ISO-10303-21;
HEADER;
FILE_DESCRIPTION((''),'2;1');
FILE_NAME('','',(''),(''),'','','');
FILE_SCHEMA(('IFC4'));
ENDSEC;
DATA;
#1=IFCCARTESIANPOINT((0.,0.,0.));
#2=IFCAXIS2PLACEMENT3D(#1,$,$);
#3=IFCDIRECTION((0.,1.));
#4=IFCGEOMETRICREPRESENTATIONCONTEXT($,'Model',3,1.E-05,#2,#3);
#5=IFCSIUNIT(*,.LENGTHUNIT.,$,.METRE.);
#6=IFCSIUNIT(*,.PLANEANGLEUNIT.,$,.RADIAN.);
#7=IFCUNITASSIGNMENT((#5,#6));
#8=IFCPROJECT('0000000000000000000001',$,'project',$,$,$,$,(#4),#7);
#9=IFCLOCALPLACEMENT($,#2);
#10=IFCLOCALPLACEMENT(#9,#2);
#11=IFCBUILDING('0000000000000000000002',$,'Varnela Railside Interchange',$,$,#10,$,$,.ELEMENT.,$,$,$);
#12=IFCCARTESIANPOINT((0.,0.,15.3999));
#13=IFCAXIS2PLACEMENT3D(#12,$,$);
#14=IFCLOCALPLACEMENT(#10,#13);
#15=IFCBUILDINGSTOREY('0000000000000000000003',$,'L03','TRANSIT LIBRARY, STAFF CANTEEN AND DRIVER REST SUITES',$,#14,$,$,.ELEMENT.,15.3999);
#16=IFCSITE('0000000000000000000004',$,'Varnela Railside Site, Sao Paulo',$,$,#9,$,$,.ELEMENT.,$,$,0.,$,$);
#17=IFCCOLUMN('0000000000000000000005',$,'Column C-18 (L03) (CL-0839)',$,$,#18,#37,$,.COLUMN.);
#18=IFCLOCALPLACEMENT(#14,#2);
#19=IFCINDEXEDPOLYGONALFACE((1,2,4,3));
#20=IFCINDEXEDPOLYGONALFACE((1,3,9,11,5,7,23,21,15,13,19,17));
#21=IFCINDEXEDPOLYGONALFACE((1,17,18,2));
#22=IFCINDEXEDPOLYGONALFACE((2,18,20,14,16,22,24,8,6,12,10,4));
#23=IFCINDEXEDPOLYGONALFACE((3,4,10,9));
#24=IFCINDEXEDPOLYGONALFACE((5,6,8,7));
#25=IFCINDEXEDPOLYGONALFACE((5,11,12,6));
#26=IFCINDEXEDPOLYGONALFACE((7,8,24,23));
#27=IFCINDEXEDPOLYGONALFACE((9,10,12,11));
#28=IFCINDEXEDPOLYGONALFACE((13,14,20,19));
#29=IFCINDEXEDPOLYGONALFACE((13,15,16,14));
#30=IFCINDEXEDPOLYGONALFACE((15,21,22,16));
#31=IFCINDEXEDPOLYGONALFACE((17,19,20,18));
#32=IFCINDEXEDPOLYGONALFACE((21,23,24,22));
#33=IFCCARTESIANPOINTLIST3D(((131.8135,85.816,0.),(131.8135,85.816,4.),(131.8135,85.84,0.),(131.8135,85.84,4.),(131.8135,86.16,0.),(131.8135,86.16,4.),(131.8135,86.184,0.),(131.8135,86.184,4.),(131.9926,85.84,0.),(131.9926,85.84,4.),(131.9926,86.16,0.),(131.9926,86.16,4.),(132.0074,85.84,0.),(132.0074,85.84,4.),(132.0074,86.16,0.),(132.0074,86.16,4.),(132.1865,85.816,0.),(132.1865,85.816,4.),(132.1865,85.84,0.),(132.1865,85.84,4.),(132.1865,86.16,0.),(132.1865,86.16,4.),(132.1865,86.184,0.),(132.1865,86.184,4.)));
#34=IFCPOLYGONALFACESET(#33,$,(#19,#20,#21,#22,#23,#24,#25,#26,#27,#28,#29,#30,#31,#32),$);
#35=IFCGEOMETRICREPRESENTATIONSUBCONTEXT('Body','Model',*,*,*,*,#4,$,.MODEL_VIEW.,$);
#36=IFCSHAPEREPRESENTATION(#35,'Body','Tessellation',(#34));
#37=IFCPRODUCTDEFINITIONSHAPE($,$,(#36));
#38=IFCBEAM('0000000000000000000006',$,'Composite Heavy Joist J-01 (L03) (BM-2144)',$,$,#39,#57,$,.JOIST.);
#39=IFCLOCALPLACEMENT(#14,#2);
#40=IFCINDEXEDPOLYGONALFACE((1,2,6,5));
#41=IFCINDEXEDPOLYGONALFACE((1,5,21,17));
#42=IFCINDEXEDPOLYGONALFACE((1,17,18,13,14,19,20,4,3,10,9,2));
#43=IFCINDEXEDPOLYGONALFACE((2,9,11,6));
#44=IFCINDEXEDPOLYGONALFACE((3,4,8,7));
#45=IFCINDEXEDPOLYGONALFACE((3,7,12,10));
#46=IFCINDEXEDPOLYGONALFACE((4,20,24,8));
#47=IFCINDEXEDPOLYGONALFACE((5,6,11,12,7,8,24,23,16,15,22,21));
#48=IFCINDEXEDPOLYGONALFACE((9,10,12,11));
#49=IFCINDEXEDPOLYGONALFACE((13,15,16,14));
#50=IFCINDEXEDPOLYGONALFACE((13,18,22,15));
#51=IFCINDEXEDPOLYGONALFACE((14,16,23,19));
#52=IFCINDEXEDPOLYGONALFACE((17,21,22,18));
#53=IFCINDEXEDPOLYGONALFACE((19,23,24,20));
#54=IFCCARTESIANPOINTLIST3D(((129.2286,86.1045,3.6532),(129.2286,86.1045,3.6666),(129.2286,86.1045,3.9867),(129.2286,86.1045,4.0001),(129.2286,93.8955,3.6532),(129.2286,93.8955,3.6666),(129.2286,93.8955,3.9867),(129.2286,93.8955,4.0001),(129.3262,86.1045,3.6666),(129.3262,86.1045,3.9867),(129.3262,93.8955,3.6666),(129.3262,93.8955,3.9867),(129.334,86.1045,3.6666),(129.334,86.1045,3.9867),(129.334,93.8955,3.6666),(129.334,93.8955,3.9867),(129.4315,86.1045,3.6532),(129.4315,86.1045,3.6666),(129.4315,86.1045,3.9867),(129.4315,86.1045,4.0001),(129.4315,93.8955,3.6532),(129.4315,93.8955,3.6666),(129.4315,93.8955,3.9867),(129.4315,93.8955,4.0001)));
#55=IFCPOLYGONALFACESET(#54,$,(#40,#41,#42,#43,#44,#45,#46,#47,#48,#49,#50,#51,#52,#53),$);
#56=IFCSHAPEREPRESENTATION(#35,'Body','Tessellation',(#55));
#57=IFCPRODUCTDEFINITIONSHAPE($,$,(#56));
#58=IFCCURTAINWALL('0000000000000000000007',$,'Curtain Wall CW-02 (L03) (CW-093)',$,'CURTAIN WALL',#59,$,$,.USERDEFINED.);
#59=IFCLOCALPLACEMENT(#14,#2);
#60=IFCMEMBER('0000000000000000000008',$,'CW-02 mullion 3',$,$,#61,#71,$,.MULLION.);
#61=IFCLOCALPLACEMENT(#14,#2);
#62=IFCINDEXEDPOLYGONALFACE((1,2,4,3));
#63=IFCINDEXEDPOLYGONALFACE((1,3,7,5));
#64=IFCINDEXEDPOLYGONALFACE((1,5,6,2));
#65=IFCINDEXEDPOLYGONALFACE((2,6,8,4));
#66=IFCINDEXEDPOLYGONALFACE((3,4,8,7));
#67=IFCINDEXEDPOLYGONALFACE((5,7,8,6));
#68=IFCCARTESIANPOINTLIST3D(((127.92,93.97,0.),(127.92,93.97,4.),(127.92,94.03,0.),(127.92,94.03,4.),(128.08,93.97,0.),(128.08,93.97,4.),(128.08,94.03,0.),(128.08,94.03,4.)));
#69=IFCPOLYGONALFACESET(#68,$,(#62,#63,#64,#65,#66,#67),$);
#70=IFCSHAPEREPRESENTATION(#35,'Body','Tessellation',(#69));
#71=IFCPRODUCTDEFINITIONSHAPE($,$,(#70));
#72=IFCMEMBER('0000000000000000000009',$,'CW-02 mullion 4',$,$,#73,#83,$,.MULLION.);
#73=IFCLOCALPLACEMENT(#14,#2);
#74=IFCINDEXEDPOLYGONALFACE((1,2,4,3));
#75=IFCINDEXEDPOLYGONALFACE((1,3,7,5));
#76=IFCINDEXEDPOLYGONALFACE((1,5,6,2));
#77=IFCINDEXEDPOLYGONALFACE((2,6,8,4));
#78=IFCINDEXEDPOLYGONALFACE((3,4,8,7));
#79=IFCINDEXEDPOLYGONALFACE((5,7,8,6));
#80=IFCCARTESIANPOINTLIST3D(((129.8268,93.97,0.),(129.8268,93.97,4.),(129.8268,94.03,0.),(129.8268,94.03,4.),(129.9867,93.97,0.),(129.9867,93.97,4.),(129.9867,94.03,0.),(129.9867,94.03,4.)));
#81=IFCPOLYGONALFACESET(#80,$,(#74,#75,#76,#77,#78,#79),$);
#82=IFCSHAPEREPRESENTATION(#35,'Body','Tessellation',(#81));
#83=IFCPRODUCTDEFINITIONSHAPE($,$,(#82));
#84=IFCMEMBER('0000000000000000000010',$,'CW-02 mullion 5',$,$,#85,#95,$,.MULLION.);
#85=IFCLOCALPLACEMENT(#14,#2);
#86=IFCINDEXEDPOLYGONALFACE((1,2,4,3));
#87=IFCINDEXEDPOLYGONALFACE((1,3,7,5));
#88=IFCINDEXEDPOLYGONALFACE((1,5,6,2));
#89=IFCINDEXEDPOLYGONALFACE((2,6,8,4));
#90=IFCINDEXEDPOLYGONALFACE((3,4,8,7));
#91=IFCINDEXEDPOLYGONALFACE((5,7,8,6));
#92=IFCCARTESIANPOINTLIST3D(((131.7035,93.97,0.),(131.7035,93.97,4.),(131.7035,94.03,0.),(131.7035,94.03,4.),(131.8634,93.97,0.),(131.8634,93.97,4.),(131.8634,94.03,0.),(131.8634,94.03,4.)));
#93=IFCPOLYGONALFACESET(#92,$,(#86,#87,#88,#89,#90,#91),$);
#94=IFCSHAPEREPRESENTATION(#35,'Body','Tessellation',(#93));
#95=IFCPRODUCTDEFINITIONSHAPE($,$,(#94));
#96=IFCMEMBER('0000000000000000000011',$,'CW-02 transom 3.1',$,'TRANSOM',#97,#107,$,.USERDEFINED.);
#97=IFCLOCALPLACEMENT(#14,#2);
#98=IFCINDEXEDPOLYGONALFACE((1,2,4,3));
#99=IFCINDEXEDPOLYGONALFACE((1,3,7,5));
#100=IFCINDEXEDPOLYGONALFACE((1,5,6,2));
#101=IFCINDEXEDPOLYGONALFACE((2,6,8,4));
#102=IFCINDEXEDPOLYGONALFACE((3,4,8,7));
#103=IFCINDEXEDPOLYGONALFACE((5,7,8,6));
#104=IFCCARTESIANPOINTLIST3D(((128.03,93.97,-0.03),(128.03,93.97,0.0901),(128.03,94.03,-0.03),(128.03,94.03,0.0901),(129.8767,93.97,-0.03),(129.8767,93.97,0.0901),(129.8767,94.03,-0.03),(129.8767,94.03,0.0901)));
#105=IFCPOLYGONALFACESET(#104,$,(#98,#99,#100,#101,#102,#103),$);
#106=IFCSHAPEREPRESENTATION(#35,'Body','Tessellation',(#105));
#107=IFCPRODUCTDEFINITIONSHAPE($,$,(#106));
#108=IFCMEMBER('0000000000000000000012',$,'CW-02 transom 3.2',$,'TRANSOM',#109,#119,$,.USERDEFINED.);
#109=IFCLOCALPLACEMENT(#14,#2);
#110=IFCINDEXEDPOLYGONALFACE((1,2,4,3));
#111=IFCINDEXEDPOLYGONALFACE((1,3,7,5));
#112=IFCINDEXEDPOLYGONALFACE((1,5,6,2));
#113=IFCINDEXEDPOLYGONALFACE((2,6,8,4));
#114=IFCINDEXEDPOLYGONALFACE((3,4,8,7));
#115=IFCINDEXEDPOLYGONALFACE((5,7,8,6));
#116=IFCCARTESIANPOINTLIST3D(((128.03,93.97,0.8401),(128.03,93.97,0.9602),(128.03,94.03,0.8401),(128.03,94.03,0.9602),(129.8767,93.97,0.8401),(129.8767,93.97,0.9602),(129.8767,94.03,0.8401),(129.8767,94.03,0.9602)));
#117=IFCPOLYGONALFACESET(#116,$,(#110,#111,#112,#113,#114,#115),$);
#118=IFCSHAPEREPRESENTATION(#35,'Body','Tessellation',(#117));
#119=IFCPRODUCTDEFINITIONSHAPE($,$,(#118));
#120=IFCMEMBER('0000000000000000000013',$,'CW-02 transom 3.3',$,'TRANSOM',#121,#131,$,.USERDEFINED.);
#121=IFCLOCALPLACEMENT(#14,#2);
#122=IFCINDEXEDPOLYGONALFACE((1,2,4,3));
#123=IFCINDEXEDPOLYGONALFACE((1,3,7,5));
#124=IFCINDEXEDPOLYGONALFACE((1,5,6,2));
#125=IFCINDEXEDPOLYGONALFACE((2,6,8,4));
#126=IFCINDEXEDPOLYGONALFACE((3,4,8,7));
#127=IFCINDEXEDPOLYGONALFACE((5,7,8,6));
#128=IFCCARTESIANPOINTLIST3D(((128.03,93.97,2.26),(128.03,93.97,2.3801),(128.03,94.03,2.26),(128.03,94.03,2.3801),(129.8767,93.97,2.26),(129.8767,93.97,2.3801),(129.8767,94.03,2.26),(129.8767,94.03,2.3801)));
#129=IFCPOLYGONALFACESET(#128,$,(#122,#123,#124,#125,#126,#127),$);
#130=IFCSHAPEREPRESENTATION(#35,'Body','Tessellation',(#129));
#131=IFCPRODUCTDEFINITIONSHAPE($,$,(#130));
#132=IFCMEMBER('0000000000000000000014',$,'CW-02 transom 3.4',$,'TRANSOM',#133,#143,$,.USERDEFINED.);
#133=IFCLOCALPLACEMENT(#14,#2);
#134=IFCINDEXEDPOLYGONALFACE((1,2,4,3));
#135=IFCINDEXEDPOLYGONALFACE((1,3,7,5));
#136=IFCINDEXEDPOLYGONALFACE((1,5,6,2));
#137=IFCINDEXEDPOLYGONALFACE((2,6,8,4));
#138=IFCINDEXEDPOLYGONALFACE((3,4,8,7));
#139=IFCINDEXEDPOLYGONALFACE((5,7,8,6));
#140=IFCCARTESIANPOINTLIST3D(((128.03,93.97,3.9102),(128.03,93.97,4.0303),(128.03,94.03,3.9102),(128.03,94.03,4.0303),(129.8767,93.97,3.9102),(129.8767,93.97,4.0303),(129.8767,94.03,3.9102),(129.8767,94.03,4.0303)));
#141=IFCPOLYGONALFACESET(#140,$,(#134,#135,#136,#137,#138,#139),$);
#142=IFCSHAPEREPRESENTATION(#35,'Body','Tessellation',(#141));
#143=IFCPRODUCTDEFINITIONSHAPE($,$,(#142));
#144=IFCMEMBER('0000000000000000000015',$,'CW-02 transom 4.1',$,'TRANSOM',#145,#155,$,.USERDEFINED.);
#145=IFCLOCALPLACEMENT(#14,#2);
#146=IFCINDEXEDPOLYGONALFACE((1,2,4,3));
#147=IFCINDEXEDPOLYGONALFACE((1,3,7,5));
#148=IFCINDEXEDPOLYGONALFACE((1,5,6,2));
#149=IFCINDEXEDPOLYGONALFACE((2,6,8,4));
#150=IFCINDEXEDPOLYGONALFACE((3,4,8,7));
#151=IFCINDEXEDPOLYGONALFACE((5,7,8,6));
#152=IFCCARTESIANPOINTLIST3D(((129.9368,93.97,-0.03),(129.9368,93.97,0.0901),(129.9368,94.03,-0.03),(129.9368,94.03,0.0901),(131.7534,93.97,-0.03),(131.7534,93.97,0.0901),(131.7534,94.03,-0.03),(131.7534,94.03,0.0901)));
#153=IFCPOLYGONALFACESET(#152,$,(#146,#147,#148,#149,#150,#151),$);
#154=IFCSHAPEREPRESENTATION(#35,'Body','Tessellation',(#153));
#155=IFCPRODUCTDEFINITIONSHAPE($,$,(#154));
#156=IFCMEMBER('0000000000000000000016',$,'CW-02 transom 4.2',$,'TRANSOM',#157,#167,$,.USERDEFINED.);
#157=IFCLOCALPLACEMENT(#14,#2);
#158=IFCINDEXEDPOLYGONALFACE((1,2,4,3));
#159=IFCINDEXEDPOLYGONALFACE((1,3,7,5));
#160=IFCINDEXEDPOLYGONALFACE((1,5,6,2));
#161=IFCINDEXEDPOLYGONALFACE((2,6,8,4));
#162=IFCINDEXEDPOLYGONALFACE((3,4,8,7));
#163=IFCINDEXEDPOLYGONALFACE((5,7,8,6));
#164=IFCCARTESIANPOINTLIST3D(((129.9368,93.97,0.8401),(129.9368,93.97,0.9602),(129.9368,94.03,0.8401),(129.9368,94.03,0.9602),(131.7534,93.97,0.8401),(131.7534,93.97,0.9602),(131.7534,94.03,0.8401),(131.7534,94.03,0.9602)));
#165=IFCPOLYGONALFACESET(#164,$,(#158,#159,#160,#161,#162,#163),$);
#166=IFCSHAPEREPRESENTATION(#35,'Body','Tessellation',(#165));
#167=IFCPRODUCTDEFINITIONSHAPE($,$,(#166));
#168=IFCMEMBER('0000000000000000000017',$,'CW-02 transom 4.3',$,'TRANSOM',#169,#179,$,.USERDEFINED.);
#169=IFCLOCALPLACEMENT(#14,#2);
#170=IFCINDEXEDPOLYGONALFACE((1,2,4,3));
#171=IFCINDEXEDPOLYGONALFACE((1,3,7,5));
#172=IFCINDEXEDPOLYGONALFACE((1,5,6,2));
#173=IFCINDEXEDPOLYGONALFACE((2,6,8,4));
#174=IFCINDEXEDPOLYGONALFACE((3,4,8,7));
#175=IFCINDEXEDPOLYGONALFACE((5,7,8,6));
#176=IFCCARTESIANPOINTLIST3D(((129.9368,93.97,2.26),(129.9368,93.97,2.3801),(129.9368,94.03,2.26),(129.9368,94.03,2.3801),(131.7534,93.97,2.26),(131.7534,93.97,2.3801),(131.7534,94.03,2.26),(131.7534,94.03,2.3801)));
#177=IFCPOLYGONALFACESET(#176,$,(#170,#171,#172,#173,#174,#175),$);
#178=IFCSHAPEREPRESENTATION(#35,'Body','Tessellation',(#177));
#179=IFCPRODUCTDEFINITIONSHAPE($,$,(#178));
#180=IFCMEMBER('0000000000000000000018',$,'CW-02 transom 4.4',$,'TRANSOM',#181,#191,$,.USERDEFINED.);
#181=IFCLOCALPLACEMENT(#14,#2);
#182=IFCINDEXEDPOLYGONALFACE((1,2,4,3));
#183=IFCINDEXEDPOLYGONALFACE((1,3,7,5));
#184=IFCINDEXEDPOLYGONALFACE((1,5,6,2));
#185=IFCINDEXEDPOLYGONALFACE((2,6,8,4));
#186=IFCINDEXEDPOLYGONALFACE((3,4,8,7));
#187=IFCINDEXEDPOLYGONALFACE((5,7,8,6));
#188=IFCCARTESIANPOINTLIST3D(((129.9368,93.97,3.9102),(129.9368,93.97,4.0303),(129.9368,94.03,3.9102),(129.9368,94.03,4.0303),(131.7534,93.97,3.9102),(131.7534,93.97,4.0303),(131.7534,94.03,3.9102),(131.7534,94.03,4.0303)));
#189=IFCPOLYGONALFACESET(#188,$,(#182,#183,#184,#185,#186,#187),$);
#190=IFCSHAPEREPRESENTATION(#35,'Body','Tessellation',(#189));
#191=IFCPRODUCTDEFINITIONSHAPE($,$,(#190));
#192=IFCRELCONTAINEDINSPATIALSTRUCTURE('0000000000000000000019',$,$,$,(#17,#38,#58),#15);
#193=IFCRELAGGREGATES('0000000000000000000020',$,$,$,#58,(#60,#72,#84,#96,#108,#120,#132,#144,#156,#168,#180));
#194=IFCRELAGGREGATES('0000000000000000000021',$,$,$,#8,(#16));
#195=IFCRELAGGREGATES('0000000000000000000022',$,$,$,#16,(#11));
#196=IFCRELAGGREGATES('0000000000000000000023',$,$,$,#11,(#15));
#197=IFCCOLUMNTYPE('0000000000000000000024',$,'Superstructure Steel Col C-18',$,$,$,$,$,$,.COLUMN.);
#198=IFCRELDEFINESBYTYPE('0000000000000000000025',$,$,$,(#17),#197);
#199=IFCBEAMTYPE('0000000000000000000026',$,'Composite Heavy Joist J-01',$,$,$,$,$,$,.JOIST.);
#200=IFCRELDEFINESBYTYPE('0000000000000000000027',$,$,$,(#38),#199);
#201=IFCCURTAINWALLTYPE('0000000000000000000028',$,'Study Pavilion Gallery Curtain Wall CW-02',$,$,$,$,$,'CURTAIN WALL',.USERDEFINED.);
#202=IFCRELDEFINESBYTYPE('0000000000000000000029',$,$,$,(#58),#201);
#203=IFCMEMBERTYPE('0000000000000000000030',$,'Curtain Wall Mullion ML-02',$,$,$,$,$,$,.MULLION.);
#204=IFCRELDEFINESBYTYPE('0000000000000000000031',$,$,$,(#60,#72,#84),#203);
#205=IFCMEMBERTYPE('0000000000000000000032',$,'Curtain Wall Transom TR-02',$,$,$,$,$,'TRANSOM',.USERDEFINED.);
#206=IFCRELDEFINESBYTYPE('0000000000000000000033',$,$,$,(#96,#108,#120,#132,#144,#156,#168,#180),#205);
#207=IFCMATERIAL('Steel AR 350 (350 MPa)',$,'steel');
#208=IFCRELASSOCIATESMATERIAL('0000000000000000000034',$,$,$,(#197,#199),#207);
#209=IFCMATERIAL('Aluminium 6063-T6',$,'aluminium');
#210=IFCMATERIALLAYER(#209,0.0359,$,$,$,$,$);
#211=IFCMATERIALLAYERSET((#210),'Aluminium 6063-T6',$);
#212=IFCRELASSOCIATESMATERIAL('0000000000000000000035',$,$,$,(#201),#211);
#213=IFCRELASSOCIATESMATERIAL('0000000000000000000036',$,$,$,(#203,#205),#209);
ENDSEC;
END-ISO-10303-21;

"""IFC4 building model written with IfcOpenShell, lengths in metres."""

from ifc_helpers import new_model, si_unit, direction, frame, origin, origin_2d, place, context, subcontext, project, spatial, rectangle, i_section, extrude, material, layer, layer_set, material_profile, profile_set, type_object, element, aggregate, save


model = new_model("IFC4")

# Units and contexts
model_context = context("Model", 3, precision=1e-05, world=origin(), true_north=direction((0.0, 1.0)))
body_context = subcontext(model_context, "Body", "Model", "MODEL_VIEW")
ifc_project = project(units=[si_unit("LENGTHUNIT", "METRE"), si_unit("PLANEANGLEUNIT", "RADIAN")], contexts=[model_context])

# Site, building, storey
site_placement = place(None, origin())
site = spatial("IfcSite", under=ifc_project, at=site_placement, Name="Varnela Railside Site, Sao Paulo", CompositionType="ELEMENT", RefElevation=0.0)
building_placement = place(site_placement, origin())
building = spatial("IfcBuilding", under=site, at=building_placement, Name="Varnela Railside Interchange", CompositionType="ELEMENT")
storey_placement = place(building_placement, frame((0.0, 0.0, 15.3999)))
storey = spatial("IfcBuildingStorey", under=building, at=storey_placement, Name="L03", Description="TRANSIT LIBRARY, STAFF CANTEEN AND DRIVER REST SUITES", CompositionType="ELEMENT", Elevation=15.3999)

# Column
ifc_material_1 = material(Name="Steel AR 350 (350 MPa)", Category="steel")
ifc_material_profile_1 = material_profile(ifc_material_1, i_section(OverallWidth=0.373, OverallDepth=0.3679, WebThickness=0.0149, FlangeThickness=0.0239, at=origin_2d()), Name="W360x179")
ifc_profile_set_1 = profile_set([ifc_material_profile_1], Name="Steel AR 350 (350 MPa)")
column_type = type_object("IfcColumnType", Name="Superstructure Steel Col C-18", PredefinedType="COLUMN", material=ifc_profile_set_1)
column_placement = place(storey_placement, frame((132.0, 86.0, 0.0), z_axis=(0.0, 0.0, 1.0), x_axis=(1.0, 0.0, 0.0)))
element("IfcColumn", 1, at=column_placement, inside=storey, type_object=column_type, Name="Column C-18 (L03) (CL-0839)", PredefinedType="COLUMN", context=body_context, shape_type="SweptSolid", body=[
    extrude(i_section(OverallWidth=0.373, OverallDepth=0.3679, WebThickness=0.0149, FlangeThickness=0.0239, at=origin_2d()), origin(), (0.0, 0.0, 1.0), 4.0),
])

# Beam
ifc_material_profile_2 = material_profile(ifc_material_1, i_section(OverallWidth=0.2029, OverallDepth=0.3469, WebThickness=0.0078, FlangeThickness=0.0134, at=origin_2d()), Name="W360x64")
ifc_profile_set_2 = profile_set([ifc_material_profile_2], Name="Steel AR 350 (350 MPa)")
beam_type = type_object("IfcBeamType", Name="Composite Heavy Joist J-01", PredefinedType="JOIST", material=ifc_profile_set_2)
beam_placement = place(storey_placement, frame((129.3301, 86.1045, 3.8267), z_axis=(0.0, 1.0, 0.0), x_axis=(-1.0, 0.0, 0.0)))
element("IfcBeam", 2, at=beam_placement, inside=storey, type_object=beam_type, Name="Composite Heavy Joist J-01 (L03) (BM-2144)", PredefinedType="JOIST", context=body_context, shape_type="SweptSolid", body=[
    extrude(i_section(OverallWidth=0.2029, OverallDepth=0.3469, WebThickness=0.0078, FlangeThickness=0.0134, at=origin_2d()), origin(), (0.0, 0.0, 1.0), 7.791),
])

# Curtain wall, members
ifc_material_2 = material(Name="Aluminium 6063-T6", Category="aluminium")
ifc_layer_1 = layer(ifc_material_2, 0.0359)
ifc_layer_set_1 = layer_set([ifc_layer_1], Name="Aluminium 6063-T6")
curtain_wall_type = type_object("IfcCurtainWallType", Name="Study Pavilion Gallery Curtain Wall CW-02", ElementType="CURTAIN WALL", PredefinedType="USERDEFINED", material=ifc_layer_set_1)
curtain_wall_placement = place(storey_placement, origin())
curtain_wall = element("IfcCurtainWall", 3, at=curtain_wall_placement, inside=storey, type_object=curtain_wall_type, Name="Curtain Wall CW-02 (L03) (CW-093)", ObjectType="CURTAIN WALL", PredefinedType="USERDEFINED")
ifc_material_profile_3 = material_profile(ifc_material_2, rectangle(XDim=0.0601, YDim=0.1599, at=origin_2d()), Name="ALU 60x160")
ifc_profile_set_3 = profile_set([ifc_material_profile_3], Name="Aluminium 6063-T6")
member_type_1 = type_object("IfcMemberType", Name="Curtain Wall Mullion ML-02", PredefinedType="MULLION", material=ifc_profile_set_3)
member_1_placement = place(storey_placement, frame((128.0, 94.0, 0.0), z_axis=(0.0, 0.0, 1.0), x_axis=(0.0, 1.0, 0.0)))
member_1 = element("IfcMember", 4, at=member_1_placement, type_object=member_type_1, Name="CW-02 mullion 3", PredefinedType="MULLION", context=body_context, shape_type="SweptSolid", body=[
    extrude(rectangle(XDim=0.0601, YDim=0.1599, at=origin_2d()), origin(), (0.0, 0.0, 1.0), 4.0),
])
member_2_placement = place(storey_placement, frame((129.9067, 94.0, 0.0), z_axis=(0.0, 0.0, 1.0), x_axis=(0.0, 1.0, 0.0)))
member_2 = element("IfcMember", 5, at=member_2_placement, type_object=member_type_1, Name="CW-02 mullion 4", PredefinedType="MULLION", context=body_context, shape_type="SweptSolid", body=[
    extrude(rectangle(XDim=0.0601, YDim=0.1599, at=origin_2d()), origin(), (0.0, 0.0, 1.0), 4.0),
])
member_3_placement = place(storey_placement, frame((131.7834, 94.0, 0.0), z_axis=(0.0, 0.0, 1.0), x_axis=(0.0, 1.0, 0.0)))
member_3 = element("IfcMember", 6, at=member_3_placement, type_object=member_type_1, Name="CW-02 mullion 5", PredefinedType="MULLION", context=body_context, shape_type="SweptSolid", body=[
    extrude(rectangle(XDim=0.0601, YDim=0.1599, at=origin_2d()), origin(), (0.0, 0.0, 1.0), 4.0),
])
ifc_material_profile_4 = material_profile(ifc_material_2, rectangle(XDim=0.0601, YDim=0.1201, at=origin_2d()), Name="ALU 60x120")
ifc_profile_set_4 = profile_set([ifc_material_profile_4], Name="Aluminium 6063-T6")
member_type_2 = type_object("IfcMemberType", Name="Curtain Wall Transom TR-02", ElementType="TRANSOM", PredefinedType="USERDEFINED", material=ifc_profile_set_4)
member_4_placement = place(storey_placement, frame((128.03, 94.0, 0.03), z_axis=(1.0, 0.0, 0.0), x_axis=(0.0, 1.0, 0.0)))
member_4 = element("IfcMember", 7, at=member_4_placement, type_object=member_type_2, Name="CW-02 transom 3.1", ObjectType="TRANSOM", PredefinedType="USERDEFINED", context=body_context, shape_type="SweptSolid", body=[
    extrude(rectangle(XDim=0.0601, YDim=0.1201, at=origin_2d()), origin(), (0.0, 0.0, 1.0), 1.8467),
])
member_5_placement = place(storey_placement, frame((128.03, 94.0, 0.9001), z_axis=(1.0, 0.0, 0.0), x_axis=(0.0, 1.0, 0.0)))
member_5 = element("IfcMember", 8, at=member_5_placement, type_object=member_type_2, Name="CW-02 transom 3.2", ObjectType="TRANSOM", PredefinedType="USERDEFINED", context=body_context, shape_type="SweptSolid", body=[
    extrude(rectangle(XDim=0.0601, YDim=0.1201, at=origin_2d()), origin(), (0.0, 0.0, 1.0), 1.8467),
])
member_6_placement = place(storey_placement, frame((128.03, 94.0, 2.3201), z_axis=(1.0, 0.0, 0.0), x_axis=(0.0, 1.0, 0.0)))
member_6 = element("IfcMember", 9, at=member_6_placement, type_object=member_type_2, Name="CW-02 transom 3.3", ObjectType="TRANSOM", PredefinedType="USERDEFINED", context=body_context, shape_type="SweptSolid", body=[
    extrude(rectangle(XDim=0.0601, YDim=0.1201, at=origin_2d()), origin(), (0.0, 0.0, 1.0), 1.8467),
])
member_7_placement = place(storey_placement, frame((128.03, 94.0, 3.9702), z_axis=(1.0, 0.0, 0.0), x_axis=(0.0, 1.0, 0.0)))
member_7 = element("IfcMember", 10, at=member_7_placement, type_object=member_type_2, Name="CW-02 transom 3.4", ObjectType="TRANSOM", PredefinedType="USERDEFINED", context=body_context, shape_type="SweptSolid", body=[
    extrude(rectangle(XDim=0.0601, YDim=0.1201, at=origin_2d()), origin(), (0.0, 0.0, 1.0), 1.8467),
])
member_8_placement = place(storey_placement, frame((129.9368, 94.0, 0.03), z_axis=(1.0, 0.0, 0.0), x_axis=(0.0, 1.0, 0.0)))
member_8 = element("IfcMember", 11, at=member_8_placement, type_object=member_type_2, Name="CW-02 transom 4.1", ObjectType="TRANSOM", PredefinedType="USERDEFINED", context=body_context, shape_type="SweptSolid", body=[
    extrude(rectangle(XDim=0.0601, YDim=0.1201, at=origin_2d()), origin(), (0.0, 0.0, 1.0), 1.8167),
])
member_9_placement = place(storey_placement, frame((129.9368, 94.0, 0.9001), z_axis=(1.0, 0.0, 0.0), x_axis=(0.0, 1.0, 0.0)))
member_9 = element("IfcMember", 12, at=member_9_placement, type_object=member_type_2, Name="CW-02 transom 4.2", ObjectType="TRANSOM", PredefinedType="USERDEFINED", context=body_context, shape_type="SweptSolid", body=[
    extrude(rectangle(XDim=0.0601, YDim=0.1201, at=origin_2d()), origin(), (0.0, 0.0, 1.0), 1.8167),
])
member_10_placement = place(storey_placement, frame((129.9368, 94.0, 2.3201), z_axis=(1.0, 0.0, 0.0), x_axis=(0.0, 1.0, 0.0)))
member_10 = element("IfcMember", 13, at=member_10_placement, type_object=member_type_2, Name="CW-02 transom 4.3", ObjectType="TRANSOM", PredefinedType="USERDEFINED", context=body_context, shape_type="SweptSolid", body=[
    extrude(rectangle(XDim=0.0601, YDim=0.1201, at=origin_2d()), origin(), (0.0, 0.0, 1.0), 1.8167),
])
member_11_placement = place(storey_placement, frame((129.9368, 94.0, 3.9702), z_axis=(1.0, 0.0, 0.0), x_axis=(0.0, 1.0, 0.0)))
member_11 = element("IfcMember", 14, at=member_11_placement, type_object=member_type_2, Name="CW-02 transom 4.4", ObjectType="TRANSOM", PredefinedType="USERDEFINED", context=body_context, shape_type="SweptSolid", body=[
    extrude(rectangle(XDim=0.0601, YDim=0.1201, at=origin_2d()), origin(), (0.0, 0.0, 1.0), 1.8167),
])
aggregate(curtain_wall, [member_1, member_2, member_3, member_4, member_5, member_6, member_7, member_8, member_9, member_10, member_11])

save(model, "model.ifc")
